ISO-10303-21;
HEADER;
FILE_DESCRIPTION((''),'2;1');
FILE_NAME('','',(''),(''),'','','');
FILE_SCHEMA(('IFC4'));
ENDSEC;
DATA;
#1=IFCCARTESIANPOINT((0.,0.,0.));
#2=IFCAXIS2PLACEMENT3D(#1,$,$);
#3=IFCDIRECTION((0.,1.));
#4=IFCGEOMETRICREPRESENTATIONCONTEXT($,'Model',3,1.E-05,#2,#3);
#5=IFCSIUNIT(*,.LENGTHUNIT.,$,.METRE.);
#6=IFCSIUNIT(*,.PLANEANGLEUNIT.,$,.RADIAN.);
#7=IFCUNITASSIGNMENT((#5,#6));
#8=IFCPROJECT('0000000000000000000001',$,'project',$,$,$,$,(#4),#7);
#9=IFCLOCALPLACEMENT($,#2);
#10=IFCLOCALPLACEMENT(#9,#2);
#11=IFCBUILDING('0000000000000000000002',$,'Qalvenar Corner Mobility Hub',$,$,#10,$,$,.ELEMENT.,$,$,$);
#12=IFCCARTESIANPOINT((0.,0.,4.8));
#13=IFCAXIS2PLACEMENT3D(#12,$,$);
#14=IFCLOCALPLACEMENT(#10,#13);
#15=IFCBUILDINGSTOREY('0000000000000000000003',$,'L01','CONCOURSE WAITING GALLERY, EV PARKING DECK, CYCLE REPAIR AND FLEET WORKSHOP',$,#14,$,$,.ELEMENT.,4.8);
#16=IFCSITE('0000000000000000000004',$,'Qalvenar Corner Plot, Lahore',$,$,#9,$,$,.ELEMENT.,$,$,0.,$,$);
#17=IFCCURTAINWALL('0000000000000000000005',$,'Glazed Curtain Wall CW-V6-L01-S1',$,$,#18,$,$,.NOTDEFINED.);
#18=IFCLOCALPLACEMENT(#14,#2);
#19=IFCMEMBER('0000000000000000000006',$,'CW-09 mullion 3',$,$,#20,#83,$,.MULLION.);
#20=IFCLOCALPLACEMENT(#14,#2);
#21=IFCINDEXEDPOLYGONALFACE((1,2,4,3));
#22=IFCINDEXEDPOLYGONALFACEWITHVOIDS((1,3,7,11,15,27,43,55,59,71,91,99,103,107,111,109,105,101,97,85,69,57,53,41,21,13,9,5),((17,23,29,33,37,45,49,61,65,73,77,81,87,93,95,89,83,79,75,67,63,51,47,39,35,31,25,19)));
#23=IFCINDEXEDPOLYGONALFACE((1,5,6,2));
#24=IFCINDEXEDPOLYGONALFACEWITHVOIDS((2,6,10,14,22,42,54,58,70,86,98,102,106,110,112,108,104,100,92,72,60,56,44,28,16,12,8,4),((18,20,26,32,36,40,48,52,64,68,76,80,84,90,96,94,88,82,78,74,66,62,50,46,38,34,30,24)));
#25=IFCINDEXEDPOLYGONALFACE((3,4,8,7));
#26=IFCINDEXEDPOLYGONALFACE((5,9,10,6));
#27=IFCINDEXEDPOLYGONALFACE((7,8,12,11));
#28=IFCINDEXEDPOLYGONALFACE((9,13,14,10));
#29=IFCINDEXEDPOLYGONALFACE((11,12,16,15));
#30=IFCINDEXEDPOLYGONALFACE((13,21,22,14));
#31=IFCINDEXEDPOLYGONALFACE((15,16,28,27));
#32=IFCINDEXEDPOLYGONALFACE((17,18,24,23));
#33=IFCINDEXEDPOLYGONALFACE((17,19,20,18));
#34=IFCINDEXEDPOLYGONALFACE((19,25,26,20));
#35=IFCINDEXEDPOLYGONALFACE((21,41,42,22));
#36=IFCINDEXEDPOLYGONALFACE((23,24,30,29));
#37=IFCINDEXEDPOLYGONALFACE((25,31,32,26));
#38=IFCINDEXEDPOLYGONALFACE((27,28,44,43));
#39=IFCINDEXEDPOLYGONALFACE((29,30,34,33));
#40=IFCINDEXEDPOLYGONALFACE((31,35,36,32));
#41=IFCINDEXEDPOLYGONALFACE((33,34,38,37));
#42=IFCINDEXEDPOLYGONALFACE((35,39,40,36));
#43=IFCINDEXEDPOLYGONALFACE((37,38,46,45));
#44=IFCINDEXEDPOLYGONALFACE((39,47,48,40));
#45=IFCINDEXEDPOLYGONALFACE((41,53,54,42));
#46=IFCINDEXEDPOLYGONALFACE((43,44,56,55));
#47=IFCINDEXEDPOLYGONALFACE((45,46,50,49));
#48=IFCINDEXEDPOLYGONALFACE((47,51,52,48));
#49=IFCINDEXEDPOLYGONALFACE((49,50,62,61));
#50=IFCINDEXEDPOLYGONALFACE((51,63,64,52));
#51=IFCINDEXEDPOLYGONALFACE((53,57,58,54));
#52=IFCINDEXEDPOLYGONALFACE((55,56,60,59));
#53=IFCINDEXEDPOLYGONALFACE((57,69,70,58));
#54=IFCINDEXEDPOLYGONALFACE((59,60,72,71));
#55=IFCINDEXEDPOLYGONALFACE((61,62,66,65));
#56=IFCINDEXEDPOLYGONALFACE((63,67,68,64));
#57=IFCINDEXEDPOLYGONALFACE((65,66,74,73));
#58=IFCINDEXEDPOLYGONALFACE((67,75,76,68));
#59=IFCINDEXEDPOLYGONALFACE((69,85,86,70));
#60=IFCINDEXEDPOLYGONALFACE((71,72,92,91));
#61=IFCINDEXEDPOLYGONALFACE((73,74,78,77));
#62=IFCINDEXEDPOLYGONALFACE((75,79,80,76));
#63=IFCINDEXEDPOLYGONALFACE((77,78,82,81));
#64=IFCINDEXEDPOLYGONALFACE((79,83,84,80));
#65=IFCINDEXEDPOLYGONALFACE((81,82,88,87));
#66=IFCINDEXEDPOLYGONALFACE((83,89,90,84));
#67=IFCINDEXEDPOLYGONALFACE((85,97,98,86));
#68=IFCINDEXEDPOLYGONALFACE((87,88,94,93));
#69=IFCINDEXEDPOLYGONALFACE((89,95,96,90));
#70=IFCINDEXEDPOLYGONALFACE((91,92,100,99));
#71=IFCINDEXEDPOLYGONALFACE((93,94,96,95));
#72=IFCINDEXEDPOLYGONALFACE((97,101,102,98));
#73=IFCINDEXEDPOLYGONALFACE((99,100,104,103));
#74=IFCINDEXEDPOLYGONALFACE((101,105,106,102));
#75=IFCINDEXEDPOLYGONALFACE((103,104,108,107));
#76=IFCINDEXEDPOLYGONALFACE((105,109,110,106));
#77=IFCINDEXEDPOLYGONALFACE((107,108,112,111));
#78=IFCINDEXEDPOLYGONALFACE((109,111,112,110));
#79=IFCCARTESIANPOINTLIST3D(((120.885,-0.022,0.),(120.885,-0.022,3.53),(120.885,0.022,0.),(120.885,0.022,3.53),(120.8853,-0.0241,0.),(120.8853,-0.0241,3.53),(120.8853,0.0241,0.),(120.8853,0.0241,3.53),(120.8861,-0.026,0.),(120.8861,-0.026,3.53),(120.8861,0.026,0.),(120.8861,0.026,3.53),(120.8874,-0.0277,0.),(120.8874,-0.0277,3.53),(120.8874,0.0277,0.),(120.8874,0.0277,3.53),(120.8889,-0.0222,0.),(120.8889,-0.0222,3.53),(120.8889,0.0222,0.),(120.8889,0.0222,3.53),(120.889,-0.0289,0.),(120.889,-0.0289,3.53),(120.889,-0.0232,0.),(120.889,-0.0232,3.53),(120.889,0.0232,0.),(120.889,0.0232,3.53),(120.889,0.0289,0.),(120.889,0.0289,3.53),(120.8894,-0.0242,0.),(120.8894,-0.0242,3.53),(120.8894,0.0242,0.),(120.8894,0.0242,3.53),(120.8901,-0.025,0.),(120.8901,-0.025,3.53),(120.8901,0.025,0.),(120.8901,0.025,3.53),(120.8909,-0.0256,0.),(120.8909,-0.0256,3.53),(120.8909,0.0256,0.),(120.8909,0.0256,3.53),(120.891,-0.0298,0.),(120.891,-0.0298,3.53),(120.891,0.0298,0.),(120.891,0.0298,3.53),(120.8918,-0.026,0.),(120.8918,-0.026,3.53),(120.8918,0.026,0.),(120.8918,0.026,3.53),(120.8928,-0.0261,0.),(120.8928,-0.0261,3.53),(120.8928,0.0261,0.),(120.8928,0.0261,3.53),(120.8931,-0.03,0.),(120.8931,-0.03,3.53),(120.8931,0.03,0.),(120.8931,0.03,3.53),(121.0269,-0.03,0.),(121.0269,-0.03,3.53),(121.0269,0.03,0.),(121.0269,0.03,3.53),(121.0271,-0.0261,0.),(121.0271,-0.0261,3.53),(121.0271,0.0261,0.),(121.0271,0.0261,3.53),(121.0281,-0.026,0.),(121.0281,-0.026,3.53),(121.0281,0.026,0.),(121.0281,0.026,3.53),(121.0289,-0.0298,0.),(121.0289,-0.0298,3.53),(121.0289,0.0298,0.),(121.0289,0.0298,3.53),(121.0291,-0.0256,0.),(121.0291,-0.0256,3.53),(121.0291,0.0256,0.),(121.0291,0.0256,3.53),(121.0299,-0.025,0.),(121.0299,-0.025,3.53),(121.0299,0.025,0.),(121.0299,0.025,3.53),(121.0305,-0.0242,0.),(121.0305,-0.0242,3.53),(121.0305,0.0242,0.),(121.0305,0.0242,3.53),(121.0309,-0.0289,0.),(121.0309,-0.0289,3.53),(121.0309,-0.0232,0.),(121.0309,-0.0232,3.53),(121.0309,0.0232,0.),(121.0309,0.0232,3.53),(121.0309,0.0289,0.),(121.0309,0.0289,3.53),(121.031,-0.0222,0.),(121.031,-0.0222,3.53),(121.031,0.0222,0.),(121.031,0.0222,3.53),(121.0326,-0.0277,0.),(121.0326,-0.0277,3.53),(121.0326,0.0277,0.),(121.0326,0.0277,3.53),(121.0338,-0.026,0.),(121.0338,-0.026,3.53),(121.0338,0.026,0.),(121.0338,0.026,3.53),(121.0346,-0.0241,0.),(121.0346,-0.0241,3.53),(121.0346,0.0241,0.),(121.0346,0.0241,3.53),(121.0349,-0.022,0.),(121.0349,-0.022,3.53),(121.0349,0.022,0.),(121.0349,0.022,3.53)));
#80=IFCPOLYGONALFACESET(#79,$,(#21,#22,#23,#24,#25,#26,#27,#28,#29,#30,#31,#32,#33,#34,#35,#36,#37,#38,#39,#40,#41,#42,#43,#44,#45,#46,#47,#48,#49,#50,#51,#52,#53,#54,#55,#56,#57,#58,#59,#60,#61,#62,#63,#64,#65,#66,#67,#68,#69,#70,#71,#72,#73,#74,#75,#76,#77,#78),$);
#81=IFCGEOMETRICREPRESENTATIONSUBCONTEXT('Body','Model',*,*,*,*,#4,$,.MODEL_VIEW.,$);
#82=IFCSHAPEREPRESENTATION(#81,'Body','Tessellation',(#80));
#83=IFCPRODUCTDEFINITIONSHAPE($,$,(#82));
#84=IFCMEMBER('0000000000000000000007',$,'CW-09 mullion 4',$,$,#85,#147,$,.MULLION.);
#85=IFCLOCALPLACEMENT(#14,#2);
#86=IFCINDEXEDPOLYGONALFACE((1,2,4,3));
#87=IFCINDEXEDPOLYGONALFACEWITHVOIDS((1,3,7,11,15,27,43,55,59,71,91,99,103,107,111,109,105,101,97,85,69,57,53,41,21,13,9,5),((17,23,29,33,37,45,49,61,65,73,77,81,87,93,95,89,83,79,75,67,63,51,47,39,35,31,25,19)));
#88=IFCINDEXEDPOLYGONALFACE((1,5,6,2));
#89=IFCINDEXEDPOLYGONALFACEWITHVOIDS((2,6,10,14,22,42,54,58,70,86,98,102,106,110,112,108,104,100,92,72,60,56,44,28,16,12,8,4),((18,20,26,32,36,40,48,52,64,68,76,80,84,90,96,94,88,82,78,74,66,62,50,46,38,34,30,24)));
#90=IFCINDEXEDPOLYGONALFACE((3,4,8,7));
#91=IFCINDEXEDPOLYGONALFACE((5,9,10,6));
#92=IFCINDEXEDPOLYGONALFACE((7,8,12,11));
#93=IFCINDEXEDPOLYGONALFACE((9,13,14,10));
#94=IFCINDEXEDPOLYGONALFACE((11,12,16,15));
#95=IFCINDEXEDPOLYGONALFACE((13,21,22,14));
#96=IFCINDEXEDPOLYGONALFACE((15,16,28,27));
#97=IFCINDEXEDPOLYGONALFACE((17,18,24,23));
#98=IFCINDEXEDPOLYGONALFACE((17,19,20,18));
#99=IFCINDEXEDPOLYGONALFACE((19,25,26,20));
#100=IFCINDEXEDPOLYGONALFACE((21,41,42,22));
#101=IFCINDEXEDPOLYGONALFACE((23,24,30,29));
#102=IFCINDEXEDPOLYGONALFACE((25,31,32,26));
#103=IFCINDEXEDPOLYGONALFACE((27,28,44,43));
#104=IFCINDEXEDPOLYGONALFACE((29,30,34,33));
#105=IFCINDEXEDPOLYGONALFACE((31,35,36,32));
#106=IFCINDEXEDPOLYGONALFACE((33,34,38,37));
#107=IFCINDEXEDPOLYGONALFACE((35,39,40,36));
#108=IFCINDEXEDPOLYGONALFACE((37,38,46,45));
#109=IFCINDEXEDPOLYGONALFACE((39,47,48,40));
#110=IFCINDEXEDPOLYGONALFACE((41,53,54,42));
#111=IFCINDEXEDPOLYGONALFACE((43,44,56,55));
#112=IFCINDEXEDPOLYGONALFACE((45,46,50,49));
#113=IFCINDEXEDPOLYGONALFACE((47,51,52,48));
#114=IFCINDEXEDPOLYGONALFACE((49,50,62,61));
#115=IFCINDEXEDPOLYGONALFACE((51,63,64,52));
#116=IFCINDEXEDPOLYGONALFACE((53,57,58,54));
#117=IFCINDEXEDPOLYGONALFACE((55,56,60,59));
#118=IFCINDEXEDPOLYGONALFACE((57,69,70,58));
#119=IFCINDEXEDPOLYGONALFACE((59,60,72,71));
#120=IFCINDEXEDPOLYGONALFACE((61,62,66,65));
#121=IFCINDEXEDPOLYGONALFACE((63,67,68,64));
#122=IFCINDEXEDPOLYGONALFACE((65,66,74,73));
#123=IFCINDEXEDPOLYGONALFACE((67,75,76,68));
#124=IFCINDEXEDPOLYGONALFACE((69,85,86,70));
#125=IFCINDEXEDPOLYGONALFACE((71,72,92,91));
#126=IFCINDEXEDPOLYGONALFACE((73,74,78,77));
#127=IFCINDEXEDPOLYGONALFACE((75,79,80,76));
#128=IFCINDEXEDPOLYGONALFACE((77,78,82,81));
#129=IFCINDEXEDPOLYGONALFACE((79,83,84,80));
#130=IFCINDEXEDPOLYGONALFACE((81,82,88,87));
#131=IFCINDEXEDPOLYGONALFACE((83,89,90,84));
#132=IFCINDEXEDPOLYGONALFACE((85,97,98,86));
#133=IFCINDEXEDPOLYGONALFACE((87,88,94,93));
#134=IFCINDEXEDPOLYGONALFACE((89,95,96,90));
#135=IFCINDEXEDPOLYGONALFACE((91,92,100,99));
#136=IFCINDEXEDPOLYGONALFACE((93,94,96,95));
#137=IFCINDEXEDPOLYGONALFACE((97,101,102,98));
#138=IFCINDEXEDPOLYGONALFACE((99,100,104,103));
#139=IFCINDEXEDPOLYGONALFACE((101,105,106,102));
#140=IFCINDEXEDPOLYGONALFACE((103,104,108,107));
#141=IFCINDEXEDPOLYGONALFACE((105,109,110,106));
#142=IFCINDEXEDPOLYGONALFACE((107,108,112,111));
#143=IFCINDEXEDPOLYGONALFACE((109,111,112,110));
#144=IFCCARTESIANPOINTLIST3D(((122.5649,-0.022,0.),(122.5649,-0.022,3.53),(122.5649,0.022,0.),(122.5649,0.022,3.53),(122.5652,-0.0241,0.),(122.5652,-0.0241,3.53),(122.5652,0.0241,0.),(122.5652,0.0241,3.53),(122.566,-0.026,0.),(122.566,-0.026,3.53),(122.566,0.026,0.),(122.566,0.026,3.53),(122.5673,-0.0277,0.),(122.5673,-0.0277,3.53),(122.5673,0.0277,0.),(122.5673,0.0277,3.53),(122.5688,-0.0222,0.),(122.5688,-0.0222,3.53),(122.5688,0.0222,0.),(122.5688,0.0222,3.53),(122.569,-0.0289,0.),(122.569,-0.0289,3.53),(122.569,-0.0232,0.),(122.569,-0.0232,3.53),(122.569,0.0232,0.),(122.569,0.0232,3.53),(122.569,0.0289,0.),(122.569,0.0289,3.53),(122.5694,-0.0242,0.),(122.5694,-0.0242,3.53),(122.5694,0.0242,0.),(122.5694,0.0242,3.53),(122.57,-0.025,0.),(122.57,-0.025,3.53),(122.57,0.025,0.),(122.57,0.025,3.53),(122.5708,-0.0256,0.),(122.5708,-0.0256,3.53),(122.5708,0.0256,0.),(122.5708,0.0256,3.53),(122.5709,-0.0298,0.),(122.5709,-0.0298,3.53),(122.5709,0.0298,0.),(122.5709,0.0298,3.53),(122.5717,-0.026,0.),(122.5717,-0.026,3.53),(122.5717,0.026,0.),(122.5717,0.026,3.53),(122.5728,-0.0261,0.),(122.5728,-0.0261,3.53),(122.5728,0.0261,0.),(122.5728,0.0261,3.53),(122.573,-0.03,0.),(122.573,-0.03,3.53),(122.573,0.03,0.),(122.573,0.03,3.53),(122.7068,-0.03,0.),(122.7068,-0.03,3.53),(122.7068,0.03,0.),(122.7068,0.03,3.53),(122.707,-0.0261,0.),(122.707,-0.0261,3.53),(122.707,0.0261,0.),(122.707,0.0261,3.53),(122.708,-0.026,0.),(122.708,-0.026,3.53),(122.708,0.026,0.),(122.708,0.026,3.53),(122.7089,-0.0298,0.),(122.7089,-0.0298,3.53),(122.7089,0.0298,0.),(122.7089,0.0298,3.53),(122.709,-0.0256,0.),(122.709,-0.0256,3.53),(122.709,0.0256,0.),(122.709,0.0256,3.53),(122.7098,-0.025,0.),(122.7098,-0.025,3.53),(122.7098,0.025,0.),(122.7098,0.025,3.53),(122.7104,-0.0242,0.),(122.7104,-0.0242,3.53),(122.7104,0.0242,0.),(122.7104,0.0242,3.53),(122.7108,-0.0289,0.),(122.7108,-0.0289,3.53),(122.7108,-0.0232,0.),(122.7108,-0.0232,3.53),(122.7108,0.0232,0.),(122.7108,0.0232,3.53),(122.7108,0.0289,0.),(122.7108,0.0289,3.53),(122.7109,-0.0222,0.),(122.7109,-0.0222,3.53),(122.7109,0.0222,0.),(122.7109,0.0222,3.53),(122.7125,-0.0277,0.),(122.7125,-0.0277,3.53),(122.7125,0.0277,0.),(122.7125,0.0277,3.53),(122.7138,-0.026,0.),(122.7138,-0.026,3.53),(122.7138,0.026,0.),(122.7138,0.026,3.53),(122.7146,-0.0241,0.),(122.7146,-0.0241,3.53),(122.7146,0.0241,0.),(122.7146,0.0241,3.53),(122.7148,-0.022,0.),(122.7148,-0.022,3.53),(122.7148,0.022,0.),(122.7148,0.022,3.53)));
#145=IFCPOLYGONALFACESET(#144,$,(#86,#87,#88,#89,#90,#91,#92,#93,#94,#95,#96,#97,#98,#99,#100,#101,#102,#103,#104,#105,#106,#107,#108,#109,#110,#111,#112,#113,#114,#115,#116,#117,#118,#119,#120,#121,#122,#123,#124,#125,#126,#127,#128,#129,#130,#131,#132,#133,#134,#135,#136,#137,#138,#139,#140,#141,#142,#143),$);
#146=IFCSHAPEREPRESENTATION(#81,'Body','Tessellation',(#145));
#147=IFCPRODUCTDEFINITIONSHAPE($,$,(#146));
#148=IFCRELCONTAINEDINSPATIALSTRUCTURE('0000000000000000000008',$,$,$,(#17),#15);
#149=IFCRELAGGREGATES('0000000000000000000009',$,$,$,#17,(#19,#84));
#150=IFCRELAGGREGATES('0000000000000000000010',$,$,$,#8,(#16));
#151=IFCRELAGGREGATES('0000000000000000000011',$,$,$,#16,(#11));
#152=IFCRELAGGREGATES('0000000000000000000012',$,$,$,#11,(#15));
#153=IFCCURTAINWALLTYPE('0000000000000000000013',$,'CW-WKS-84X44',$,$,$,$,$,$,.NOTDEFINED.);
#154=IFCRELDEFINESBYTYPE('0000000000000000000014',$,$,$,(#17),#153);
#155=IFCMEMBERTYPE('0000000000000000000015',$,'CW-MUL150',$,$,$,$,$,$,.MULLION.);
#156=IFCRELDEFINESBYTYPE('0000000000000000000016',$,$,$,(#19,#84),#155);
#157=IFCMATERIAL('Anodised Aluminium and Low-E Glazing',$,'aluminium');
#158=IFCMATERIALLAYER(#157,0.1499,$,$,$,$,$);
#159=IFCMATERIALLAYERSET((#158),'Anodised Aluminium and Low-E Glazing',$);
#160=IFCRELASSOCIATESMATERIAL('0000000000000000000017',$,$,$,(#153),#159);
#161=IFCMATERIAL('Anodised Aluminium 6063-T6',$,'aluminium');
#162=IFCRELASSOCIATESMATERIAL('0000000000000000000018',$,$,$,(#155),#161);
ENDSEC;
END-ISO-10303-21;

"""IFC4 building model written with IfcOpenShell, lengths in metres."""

from ifc_helpers import new_model, si_unit, direction, frame, origin, origin_2d, place, context, subcontext, project, spatial, hollow_rectangle, extrude, material, layer, layer_set, material_profile, profile_set, type_object, element, aggregate, save


model = new_model("IFC4")

# Units and contexts
model_context = context("Model", 3, precision=1e-05, world=origin(), true_north=direction((0.0, 1.0)))
body_context = subcontext(model_context, "Body", "Model", "MODEL_VIEW")
ifc_project = project(units=[si_unit("LENGTHUNIT", "METRE"), si_unit("PLANEANGLEUNIT", "RADIAN")], contexts=[model_context])

# Site, building, storey
site_placement = place(None, origin())
site = spatial("IfcSite", under=ifc_project, at=site_placement, Name="Qalvenar Corner Plot, Lahore", CompositionType="ELEMENT", RefElevation=0.0)
building_placement = place(site_placement, origin())
building = spatial("IfcBuilding", under=site, at=building_placement, Name="Qalvenar Corner Mobility Hub", CompositionType="ELEMENT")
storey_placement = place(building_placement, frame((0.0, 0.0, 4.8)))
storey = spatial("IfcBuildingStorey", under=building, at=storey_placement, Name="L01", Description="CONCOURSE WAITING GALLERY, EV PARKING DECK, CYCLE REPAIR AND FLEET WORKSHOP", CompositionType="ELEMENT", Elevation=4.8)

# Curtain wall, members
ifc_material_1 = material(Name="Anodised Aluminium and Low-E Glazing", Category="aluminium")
ifc_layer_1 = layer(ifc_material_1, 0.1499)
ifc_layer_set_1 = layer_set([ifc_layer_1], Name="Anodised Aluminium and Low-E Glazing")
curtain_wall_type = type_object("IfcCurtainWallType", Name="CW-WKS-84X44", PredefinedType="NOTDEFINED", material=ifc_layer_set_1)
curtain_wall_placement = place(storey_placement, origin())
curtain_wall = element("IfcCurtainWall", 1, at=curtain_wall_placement, inside=storey, type_object=curtain_wall_type, Name="Glazed Curtain Wall CW-V6-L01-S1", PredefinedType="NOTDEFINED")
ifc_material_2 = material(Name="Anodised Aluminium 6063-T6", Category="aluminium")
ifc_material_profile_1 = material_profile(ifc_material_2, hollow_rectangle(XDim=0.0601, YDim=0.1499, WallThickness=0.0039, InnerFilletRadius=0.0039, OuterFilletRadius=0.0081, at=origin_2d()), Name="RHS150x60x4")
ifc_profile_set_1 = profile_set([ifc_material_profile_1], Name="Anodised Aluminium 6063-T6")
member_type_1 = type_object("IfcMemberType", Name="CW-MUL150", PredefinedType="MULLION", material=ifc_profile_set_1)
member_1_placement = place(storey_placement, frame((120.96, 0.0, 0.0), z_axis=(0.0, 0.0, 1.0), x_axis=(0.0, 1.0, 0.0)))
member_1 = element("IfcMember", 2, at=member_1_placement, type_object=member_type_1, Name="CW-09 mullion 3", PredefinedType="MULLION", context=body_context, shape_type="SweptSolid", body=[
    extrude(hollow_rectangle(XDim=0.0601, YDim=0.1499, WallThickness=0.0039, InnerFilletRadius=0.0039, OuterFilletRadius=0.0081, at=origin_2d()), origin(), (0.0, 0.0, 1.0), 3.53),
])
member_2_placement = place(storey_placement, frame((122.6399, 0.0, 0.0), z_axis=(0.0, 0.0, 1.0), x_axis=(0.0, 1.0, 0.0)))
member_2 = element("IfcMember", 3, at=member_2_placement, type_object=member_type_1, Name="CW-09 mullion 4", PredefinedType="MULLION", context=body_context, shape_type="SweptSolid", body=[
    extrude(hollow_rectangle(XDim=0.0601, YDim=0.1499, WallThickness=0.0039, InnerFilletRadius=0.0039, OuterFilletRadius=0.0081, at=origin_2d()), origin(), (0.0, 0.0, 1.0), 3.53),
])
aggregate(curtain_wall, [member_1, member_2])

save(model, "model.ifc")
